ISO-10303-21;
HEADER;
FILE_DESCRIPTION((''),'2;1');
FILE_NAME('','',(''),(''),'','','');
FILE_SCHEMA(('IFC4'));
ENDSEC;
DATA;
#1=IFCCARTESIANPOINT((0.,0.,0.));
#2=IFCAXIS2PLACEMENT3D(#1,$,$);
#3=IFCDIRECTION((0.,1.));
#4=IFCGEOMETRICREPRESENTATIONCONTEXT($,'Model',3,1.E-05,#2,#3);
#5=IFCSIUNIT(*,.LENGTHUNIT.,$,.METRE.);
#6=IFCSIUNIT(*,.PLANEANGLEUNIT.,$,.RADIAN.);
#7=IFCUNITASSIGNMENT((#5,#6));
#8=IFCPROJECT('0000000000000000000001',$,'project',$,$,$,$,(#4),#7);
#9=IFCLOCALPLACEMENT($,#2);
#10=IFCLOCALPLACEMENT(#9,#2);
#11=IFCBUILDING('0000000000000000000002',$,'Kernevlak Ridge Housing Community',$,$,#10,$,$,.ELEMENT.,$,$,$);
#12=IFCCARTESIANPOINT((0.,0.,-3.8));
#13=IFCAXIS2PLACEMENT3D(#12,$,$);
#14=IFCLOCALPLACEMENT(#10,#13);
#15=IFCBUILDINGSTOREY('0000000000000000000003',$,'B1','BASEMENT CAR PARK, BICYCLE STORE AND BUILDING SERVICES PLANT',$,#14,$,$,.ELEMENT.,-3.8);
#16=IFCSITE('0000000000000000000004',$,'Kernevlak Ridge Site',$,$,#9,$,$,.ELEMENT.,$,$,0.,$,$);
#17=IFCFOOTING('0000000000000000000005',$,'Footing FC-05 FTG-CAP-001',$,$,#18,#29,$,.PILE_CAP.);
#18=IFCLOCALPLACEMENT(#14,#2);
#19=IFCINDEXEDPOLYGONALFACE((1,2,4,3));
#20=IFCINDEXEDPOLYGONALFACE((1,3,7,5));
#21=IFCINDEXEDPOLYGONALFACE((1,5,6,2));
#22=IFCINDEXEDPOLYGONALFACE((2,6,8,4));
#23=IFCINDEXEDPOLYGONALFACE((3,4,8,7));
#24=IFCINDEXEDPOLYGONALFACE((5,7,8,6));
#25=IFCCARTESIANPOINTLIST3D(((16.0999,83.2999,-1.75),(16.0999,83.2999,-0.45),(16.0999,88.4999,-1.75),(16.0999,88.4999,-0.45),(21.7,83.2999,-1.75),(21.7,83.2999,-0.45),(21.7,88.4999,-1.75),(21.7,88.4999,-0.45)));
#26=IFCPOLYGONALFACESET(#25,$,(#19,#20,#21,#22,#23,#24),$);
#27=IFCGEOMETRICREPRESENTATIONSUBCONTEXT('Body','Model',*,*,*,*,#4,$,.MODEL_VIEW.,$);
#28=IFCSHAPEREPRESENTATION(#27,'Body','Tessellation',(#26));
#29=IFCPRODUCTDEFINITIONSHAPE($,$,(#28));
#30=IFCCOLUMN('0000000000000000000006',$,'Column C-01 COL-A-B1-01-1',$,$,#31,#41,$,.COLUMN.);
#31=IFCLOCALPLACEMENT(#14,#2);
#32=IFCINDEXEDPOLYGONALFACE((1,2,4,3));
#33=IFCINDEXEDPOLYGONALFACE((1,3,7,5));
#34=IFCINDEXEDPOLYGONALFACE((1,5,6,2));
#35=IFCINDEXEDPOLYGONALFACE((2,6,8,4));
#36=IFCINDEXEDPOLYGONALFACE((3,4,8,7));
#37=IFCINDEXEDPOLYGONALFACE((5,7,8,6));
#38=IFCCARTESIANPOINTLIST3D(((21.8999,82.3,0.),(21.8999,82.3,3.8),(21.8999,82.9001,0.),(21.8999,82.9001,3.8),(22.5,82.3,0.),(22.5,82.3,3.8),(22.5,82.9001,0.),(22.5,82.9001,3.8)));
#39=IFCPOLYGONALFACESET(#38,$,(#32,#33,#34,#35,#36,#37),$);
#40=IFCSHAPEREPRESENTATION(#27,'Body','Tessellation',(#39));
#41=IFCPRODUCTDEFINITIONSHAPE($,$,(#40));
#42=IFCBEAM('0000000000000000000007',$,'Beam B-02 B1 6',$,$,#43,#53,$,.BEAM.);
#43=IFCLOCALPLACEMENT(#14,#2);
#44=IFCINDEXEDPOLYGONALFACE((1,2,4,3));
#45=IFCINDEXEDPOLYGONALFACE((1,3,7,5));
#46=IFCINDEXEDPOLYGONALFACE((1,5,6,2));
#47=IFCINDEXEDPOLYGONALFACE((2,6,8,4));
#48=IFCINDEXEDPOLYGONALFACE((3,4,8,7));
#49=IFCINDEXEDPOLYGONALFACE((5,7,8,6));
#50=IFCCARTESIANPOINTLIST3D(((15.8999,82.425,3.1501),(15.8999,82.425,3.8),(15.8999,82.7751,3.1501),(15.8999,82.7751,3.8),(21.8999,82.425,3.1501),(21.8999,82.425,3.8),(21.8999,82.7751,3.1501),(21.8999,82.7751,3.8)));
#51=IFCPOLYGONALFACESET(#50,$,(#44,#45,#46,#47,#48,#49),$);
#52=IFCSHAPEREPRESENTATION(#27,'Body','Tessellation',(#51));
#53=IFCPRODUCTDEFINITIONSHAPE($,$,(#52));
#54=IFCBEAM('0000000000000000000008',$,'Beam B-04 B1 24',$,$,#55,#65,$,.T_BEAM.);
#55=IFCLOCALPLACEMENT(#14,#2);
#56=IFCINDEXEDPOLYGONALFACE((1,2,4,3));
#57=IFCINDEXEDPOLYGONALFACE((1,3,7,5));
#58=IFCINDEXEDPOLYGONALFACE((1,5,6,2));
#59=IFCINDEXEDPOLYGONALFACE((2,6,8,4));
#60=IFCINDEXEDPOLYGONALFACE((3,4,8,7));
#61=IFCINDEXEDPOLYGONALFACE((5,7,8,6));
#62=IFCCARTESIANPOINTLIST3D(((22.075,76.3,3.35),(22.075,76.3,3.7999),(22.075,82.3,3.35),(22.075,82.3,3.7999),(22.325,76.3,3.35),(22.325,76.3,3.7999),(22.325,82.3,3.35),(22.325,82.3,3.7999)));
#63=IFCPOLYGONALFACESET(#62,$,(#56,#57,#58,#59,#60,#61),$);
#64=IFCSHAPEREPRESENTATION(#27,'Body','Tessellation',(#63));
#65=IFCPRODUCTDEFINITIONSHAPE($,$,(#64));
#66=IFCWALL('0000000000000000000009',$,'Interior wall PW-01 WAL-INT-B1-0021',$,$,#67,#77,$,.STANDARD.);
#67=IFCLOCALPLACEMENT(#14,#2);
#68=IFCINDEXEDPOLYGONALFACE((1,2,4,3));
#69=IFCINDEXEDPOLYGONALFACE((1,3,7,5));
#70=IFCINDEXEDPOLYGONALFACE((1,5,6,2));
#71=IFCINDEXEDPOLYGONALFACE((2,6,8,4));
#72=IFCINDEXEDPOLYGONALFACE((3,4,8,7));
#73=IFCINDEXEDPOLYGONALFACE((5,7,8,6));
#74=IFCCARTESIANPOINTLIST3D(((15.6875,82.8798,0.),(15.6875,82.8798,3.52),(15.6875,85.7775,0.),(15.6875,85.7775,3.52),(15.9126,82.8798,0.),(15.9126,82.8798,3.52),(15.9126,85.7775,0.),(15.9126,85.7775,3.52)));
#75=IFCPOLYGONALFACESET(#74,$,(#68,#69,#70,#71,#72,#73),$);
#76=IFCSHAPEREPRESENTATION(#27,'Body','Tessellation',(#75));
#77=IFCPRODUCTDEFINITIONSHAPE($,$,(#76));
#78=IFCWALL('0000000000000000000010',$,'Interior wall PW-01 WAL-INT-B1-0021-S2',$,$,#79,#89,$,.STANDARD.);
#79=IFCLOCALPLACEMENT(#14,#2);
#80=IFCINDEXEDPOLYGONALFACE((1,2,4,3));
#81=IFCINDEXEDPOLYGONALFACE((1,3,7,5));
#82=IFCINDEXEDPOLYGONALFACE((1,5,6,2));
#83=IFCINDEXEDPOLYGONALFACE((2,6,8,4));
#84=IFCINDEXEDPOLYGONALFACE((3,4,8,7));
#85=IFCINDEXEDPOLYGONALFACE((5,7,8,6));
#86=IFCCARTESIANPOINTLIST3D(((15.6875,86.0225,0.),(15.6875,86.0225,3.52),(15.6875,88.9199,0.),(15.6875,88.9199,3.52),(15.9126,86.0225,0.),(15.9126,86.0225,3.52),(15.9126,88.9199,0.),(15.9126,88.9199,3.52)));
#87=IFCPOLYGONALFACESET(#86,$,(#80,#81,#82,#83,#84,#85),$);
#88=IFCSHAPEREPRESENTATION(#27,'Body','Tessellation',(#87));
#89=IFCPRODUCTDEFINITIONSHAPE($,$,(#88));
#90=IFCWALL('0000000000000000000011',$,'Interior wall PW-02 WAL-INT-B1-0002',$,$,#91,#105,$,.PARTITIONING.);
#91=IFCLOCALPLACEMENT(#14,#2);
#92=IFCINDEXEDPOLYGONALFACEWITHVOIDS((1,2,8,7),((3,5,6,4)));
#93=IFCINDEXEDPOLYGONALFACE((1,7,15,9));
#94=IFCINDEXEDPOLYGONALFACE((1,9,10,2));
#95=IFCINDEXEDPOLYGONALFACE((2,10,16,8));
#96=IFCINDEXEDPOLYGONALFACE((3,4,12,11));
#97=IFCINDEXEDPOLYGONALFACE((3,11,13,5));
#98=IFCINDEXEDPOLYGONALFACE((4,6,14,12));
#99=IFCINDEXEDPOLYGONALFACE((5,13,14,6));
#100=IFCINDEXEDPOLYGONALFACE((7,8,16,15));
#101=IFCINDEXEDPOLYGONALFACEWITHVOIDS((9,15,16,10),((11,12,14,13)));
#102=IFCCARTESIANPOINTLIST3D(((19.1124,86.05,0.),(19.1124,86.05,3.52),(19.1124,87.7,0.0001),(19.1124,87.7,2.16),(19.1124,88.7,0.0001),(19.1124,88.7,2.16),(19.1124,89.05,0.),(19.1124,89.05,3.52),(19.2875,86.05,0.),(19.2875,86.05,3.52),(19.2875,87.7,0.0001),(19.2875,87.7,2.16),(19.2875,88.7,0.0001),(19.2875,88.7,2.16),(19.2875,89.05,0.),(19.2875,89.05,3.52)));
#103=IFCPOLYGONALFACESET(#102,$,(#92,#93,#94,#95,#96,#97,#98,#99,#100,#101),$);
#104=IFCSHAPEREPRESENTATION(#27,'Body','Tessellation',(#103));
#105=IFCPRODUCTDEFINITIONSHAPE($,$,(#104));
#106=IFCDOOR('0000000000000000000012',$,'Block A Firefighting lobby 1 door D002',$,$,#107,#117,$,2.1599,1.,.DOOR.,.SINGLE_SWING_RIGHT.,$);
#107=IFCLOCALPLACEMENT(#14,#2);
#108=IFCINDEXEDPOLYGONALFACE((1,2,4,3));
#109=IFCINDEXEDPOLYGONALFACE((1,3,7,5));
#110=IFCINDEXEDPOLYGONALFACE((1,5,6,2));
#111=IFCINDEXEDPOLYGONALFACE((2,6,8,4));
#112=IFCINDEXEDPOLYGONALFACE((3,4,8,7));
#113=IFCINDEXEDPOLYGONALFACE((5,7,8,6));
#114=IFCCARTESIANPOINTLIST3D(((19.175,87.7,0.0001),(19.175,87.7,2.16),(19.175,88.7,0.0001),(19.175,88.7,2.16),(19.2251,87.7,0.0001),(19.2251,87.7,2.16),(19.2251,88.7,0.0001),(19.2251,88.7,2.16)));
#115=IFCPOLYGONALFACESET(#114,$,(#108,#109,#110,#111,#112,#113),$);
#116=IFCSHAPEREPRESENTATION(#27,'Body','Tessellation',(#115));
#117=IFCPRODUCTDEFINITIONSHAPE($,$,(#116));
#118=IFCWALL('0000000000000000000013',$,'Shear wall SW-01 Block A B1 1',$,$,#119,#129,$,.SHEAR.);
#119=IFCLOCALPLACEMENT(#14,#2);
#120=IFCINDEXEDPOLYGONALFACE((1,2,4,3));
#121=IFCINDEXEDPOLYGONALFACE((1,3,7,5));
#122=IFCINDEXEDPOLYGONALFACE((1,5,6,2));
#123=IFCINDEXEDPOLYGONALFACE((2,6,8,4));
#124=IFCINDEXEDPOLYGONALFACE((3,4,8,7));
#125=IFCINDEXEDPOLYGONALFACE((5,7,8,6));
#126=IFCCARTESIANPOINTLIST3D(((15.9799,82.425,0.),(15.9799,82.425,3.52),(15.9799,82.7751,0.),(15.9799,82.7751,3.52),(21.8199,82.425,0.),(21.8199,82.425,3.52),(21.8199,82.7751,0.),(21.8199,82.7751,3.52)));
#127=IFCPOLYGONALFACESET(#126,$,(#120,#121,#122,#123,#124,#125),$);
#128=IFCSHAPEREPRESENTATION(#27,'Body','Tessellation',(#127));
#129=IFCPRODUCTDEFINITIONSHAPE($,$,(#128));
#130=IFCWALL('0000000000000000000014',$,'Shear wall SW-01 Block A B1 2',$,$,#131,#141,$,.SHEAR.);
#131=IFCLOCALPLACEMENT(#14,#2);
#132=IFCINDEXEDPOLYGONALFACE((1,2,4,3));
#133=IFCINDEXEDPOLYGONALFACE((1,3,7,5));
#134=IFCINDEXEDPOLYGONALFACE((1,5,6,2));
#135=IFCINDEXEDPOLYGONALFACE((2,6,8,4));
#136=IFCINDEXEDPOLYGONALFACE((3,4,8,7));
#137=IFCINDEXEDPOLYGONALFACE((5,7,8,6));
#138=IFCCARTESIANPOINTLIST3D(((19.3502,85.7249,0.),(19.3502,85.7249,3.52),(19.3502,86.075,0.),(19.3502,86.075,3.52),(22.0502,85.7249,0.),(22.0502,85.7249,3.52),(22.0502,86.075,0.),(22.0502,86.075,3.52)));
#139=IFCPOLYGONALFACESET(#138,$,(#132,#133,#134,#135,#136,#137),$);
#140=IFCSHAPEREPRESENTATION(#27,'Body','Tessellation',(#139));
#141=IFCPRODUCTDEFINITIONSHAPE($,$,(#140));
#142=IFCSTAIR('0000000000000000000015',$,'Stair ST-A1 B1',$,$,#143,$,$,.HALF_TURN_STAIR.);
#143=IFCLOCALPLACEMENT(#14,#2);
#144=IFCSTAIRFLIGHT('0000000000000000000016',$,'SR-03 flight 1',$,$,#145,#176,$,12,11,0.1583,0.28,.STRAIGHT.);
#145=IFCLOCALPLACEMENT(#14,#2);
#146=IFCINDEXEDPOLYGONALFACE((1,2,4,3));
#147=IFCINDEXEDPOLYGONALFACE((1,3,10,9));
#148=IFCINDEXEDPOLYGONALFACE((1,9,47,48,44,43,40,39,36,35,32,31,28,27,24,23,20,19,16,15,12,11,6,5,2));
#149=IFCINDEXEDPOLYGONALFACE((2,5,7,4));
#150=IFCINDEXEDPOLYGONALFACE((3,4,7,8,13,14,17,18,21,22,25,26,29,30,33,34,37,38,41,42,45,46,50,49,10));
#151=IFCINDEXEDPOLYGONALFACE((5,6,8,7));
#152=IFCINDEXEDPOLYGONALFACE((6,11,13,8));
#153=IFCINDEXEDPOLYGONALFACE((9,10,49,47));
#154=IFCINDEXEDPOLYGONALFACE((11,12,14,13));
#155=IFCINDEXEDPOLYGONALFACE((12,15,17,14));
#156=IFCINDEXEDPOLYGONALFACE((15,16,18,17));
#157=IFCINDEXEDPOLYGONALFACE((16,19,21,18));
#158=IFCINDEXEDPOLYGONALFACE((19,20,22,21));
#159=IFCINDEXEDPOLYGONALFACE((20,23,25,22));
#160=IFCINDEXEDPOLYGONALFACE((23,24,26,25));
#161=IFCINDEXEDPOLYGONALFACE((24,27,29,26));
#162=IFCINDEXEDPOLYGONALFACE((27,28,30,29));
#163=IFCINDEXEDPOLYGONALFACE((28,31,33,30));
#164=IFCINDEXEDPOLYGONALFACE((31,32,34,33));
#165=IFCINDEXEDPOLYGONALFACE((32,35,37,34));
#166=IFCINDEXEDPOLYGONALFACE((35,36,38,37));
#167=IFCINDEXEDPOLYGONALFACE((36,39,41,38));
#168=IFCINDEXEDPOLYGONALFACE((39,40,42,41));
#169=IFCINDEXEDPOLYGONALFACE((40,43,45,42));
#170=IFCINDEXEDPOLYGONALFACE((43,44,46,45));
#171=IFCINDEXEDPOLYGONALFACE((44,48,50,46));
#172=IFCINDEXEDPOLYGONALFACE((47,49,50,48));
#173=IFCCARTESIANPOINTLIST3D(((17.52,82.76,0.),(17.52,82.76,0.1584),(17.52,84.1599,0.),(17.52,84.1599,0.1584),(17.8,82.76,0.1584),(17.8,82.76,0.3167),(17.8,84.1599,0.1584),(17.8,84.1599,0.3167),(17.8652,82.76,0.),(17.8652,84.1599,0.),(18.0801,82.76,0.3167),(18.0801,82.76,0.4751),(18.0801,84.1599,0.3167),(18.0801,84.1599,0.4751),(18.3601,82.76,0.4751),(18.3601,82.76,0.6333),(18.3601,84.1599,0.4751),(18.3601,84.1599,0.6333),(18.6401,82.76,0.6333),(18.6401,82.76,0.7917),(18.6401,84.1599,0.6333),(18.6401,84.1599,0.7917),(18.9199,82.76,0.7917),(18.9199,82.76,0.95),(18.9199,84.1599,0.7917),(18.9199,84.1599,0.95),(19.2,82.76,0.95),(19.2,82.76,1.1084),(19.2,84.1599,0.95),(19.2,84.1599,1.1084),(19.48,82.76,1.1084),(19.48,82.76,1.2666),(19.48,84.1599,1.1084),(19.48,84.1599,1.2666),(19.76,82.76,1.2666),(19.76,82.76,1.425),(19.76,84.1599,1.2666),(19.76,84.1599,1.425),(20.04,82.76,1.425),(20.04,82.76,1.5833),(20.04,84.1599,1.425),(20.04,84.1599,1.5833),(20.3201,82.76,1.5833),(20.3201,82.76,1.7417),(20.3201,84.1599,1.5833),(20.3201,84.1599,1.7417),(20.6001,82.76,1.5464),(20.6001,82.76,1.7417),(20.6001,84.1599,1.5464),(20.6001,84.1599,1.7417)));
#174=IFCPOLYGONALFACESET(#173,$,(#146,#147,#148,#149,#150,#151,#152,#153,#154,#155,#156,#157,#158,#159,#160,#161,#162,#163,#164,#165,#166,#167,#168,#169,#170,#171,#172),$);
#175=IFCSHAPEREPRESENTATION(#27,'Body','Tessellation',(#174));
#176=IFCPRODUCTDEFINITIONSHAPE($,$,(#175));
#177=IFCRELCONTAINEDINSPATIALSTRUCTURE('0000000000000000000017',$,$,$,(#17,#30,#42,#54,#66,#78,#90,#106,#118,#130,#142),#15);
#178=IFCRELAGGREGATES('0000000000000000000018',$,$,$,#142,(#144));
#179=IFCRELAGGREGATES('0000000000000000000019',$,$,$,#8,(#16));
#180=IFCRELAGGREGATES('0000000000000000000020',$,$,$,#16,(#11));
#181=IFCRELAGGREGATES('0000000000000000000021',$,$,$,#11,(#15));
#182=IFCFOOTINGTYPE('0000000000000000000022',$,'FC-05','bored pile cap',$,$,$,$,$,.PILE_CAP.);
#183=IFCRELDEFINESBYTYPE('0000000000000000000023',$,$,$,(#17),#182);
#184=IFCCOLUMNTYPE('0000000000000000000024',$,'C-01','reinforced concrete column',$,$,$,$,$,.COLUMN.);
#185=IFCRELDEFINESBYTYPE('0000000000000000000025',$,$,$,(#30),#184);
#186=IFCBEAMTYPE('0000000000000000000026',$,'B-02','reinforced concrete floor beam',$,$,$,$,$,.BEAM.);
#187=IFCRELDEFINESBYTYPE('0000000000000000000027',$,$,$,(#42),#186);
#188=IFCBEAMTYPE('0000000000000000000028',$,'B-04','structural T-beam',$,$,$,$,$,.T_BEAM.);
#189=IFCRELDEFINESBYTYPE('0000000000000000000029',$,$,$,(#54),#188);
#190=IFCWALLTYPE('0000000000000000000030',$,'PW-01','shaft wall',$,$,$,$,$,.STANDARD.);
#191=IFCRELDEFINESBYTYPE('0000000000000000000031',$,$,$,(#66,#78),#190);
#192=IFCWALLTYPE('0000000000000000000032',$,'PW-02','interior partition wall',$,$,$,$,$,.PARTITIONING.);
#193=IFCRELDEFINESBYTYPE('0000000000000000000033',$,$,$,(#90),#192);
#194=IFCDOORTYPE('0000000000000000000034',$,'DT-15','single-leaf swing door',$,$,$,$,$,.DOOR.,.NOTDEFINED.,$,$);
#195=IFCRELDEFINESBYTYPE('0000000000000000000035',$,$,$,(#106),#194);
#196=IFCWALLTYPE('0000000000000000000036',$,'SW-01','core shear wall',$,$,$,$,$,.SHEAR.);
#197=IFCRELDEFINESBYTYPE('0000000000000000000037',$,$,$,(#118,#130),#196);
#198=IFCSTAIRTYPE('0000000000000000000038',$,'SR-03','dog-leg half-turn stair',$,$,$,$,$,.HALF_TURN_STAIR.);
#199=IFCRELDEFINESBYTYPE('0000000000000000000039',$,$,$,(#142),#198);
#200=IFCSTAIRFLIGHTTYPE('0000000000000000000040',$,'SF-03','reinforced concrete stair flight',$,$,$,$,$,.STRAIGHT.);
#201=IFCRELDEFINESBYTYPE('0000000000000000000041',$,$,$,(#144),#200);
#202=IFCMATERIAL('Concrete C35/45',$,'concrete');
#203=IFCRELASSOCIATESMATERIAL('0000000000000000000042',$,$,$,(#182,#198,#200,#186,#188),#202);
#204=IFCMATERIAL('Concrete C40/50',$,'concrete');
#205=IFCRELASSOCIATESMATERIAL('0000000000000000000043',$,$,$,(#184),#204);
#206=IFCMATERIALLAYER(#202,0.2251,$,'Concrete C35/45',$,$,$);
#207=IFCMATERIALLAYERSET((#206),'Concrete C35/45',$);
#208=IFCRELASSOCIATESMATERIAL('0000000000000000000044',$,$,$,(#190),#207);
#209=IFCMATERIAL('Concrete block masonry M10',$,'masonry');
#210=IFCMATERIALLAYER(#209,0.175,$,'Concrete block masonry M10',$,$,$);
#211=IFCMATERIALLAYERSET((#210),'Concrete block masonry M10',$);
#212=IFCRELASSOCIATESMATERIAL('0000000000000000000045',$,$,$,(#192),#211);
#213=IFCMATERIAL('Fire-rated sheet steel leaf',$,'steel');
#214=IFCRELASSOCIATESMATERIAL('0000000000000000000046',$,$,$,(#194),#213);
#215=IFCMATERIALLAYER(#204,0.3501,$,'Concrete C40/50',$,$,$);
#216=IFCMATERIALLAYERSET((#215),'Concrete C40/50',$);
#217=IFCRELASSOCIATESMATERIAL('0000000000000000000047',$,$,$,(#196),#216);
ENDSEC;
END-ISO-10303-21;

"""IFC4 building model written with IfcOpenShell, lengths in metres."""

from ifc_helpers import new_model, si_unit, direction, frame, frame_2d, origin, origin_2d, place, context, subcontext, project, spatial, polyline, rectangle, outline, extrude, material, layer, layer_set, material_profile, profile_set, type_object, element, fill, aggregate, save


model = new_model("IFC4")

# Units and contexts
model_context = context("Model", 3, precision=1e-05, world=origin(), true_north=direction((0.0, 1.0)))
body_context = subcontext(model_context, "Body", "Model", "MODEL_VIEW")
ifc_project = project(units=[si_unit("LENGTHUNIT", "METRE"), si_unit("PLANEANGLEUNIT", "RADIAN")], contexts=[model_context])

# Site, building, storey
site_placement = place(None, origin())
site = spatial("IfcSite", under=ifc_project, at=site_placement, Name="Kernevlak Ridge Site", CompositionType="ELEMENT", RefElevation=0.0)
building_placement = place(site_placement, origin())
building = spatial("IfcBuilding", under=site, at=building_placement, Name="Kernevlak Ridge Housing Community", CompositionType="ELEMENT")
storey_placement = place(building_placement, frame((0.0, 0.0, -3.8)))
storey = spatial("IfcBuildingStorey", under=building, at=storey_placement, Name="B1", Description="BASEMENT CAR PARK, BICYCLE STORE AND BUILDING SERVICES PLANT", CompositionType="ELEMENT", Elevation=-3.8)

# Shared definitions
ifc_material_1 = material(Name="Concrete C35/45", Category="concrete")

# Footing
footing_type_1 = type_object("IfcFootingType", Name="FC-05", Description="bored pile cap", PredefinedType="PILE_CAP", material=ifc_material_1)
footing_1_placement = place(storey_placement, frame((18.8999, 85.8999, -1.75), z_axis=(0.0, 0.0, 1.0), x_axis=(1.0, 0.0, 0.0)))
element("IfcFooting", 1, at=footing_1_placement, inside=storey, type_object=footing_type_1, Name="Footing FC-05 FTG-CAP-001", PredefinedType="PILE_CAP", context=body_context, shape_type="SweptSolid", body=[
    extrude(rectangle(XDim=5.6001, YDim=5.2, at=origin_2d()), origin(), (0.0, 0.0, 1.0), 1.3),
])

# Column
ifc_material_2 = material(Name="Concrete C40/50", Category="concrete")
ifc_material_profile_1 = material_profile(ifc_material_2, rectangle(XDim=0.6001, YDim=0.6001, at=origin_2d()), Name="RC 600x600")
ifc_profile_set_1 = profile_set([ifc_material_profile_1], Name="Concrete C40/50")
column_type = type_object("IfcColumnType", Name="C-01", Description="reinforced concrete column", PredefinedType="COLUMN", material=ifc_profile_set_1)
column_placement = place(storey_placement, frame((22.2, 82.6001, 0.0), z_axis=(0.0, 0.0, 1.0), x_axis=(1.0, 0.0, 0.0)))
element("IfcColumn", 2, at=column_placement, inside=storey, type_object=column_type, Name="Column C-01 COL-A-B1-01-1", PredefinedType="COLUMN", context=body_context, shape_type="SweptSolid", body=[
    extrude(rectangle(XDim=0.6001, YDim=0.6001, at=origin_2d()), origin(), (0.0, 0.0, 1.0), 3.8),
])

# Beams
ifc_material_profile_2 = material_profile(ifc_material_1, rectangle(XDim=0.3501, YDim=0.6499, at=origin_2d()), Name="RC 350x650")
ifc_profile_set_2 = profile_set([ifc_material_profile_2], Name="Concrete C35/45")
beam_type_1 = type_object("IfcBeamType", Name="B-02", Description="reinforced concrete floor beam", PredefinedType="BEAM", material=ifc_profile_set_2)
beam_1_placement = place(storey_placement, frame((15.8999, 82.6001, 3.4751), z_axis=(1.0, 0.0, 0.0), x_axis=(0.0, 1.0, 0.0)))
element("IfcBeam", 3, at=beam_1_placement, inside=storey, type_object=beam_type_1, Name="Beam B-02 B1 6", PredefinedType="BEAM", context=body_context, shape_type="SweptSolid", body=[
    extrude(rectangle(XDim=0.3501, YDim=0.6499, at=origin_2d()), origin(), (0.0, 0.0, 1.0), 6.0),
])
ifc_material_profile_3 = material_profile(ifc_material_1, rectangle(XDim=0.25, YDim=0.45, at=origin_2d()), Name="RC 250x450")
ifc_profile_set_3 = profile_set([ifc_material_profile_3], Name="Concrete C35/45")
beam_type_2 = type_object("IfcBeamType", Name="B-04", Description="structural T-beam", PredefinedType="T_BEAM", material=ifc_profile_set_3)
beam_2_placement = place(storey_placement, frame((22.2, 76.3, 3.575), z_axis=(0.0, 1.0, 0.0), x_axis=(-1.0, 0.0, 0.0)))
element("IfcBeam", 4, at=beam_2_placement, inside=storey, type_object=beam_type_2, Name="Beam B-04 B1 24", PredefinedType="T_BEAM", context=body_context, shape_type="SweptSolid", body=[
    extrude(rectangle(XDim=0.25, YDim=0.45, at=origin_2d()), origin(), (0.0, 0.0, 1.0), 6.0),
])

# Walls
ifc_layer_1 = layer(ifc_material_1, 0.2251, Name="Concrete C35/45")
ifc_layer_set_1 = layer_set([ifc_layer_1], Name="Concrete C35/45")
wall_type_1 = type_object("IfcWallType", Name="PW-01", Description="shaft wall", PredefinedType="STANDARD", material=ifc_layer_set_1)
wall_1_placement = place(storey_placement, frame((15.8, 82.8799, 0.0), z_axis=(0.0, 0.0, 1.0), x_axis=(0.0, 1.0, 0.0)))
element("IfcWall", 5, at=wall_1_placement, inside=storey, type_object=wall_type_1, Name="Interior wall PW-01 WAL-INT-B1-0021", PredefinedType="STANDARD", context=body_context, shape_type="SweptSolid", body=[
    extrude(rectangle(XDim=2.8977, YDim=0.2251, at=frame_2d((1.4487, 0.0))), origin(), (0.0, 0.0, 1.0), 3.52),
])
wall_2_placement = place(storey_placement, frame((15.8, 86.0225, 0.0), z_axis=(0.0, 0.0, 1.0), x_axis=(0.0, 1.0, 0.0)))
element("IfcWall", 6, at=wall_2_placement, inside=storey, type_object=wall_type_1, Name="Interior wall PW-01 WAL-INT-B1-0021-S2", PredefinedType="STANDARD", context=body_context, shape_type="SweptSolid", body=[
    extrude(rectangle(XDim=2.8975, YDim=0.2251, at=frame_2d((1.4487, 0.0))), origin(), (0.0, 0.0, 1.0), 3.52),
])

# Wall, opening, door
ifc_material_3 = material(Name="Concrete block masonry M10", Category="masonry")
ifc_layer_2 = layer(ifc_material_3, 0.175, Name="Concrete block masonry M10")
ifc_layer_set_2 = layer_set([ifc_layer_2], Name="Concrete block masonry M10")
wall_type_2 = type_object("IfcWallType", Name="PW-02", Description="interior partition wall", PredefinedType="PARTITIONING", material=ifc_layer_set_2)
wall_3_placement = place(storey_placement, frame((19.2, 86.05, 0.0), z_axis=(0.0, 0.0, 1.0), x_axis=(0.0, 1.0, 0.0)))
wall_3 = element("IfcWall", 7, at=wall_3_placement, inside=storey, type_object=wall_type_2, Name="Interior wall PW-02 WAL-INT-B1-0002", PredefinedType="PARTITIONING", context=body_context, shape_type="SweptSolid", body=[
    extrude(rectangle(XDim=3.0, YDim=0.175, at=frame_2d((1.5, 0.0))), origin(), (0.0, 0.0, 1.0), 3.52),
])
opening_placement = place(wall_3_placement, frame((1.6499, 0.0, 0.0)))
opening = element("IfcOpeningElement", 8, at=opening_placement, cuts=wall_3, PredefinedType="OPENING", context=body_context, shape_type="SweptSolid", body=[
    extrude(rectangle(XDim=1.0, YDim=2.1599, at=frame_2d((0.5, 1.0801))), frame((0.0, 0.0974, 0.0), z_axis=(0.0, -1.0, 0.0), x_axis=(1.0, 0.0, 0.0)), (0.0, 0.0, 1.0), 0.1951),
])
ifc_material_4 = material(Name="Fire-rated sheet steel leaf", Category="steel")
door_type = type_object("IfcDoorType", Name="DT-15", Description="single-leaf swing door", OperationType="NOTDEFINED", PredefinedType="DOOR", material=ifc_material_4)
door_placement = place(opening_placement, origin())
door = element("IfcDoor", 9, at=door_placement, inside=storey, type_object=door_type, Name="Block A Firefighting lobby 1 door D002", OperationType="SINGLE_SWING_RIGHT", OverallHeight=2.1599, OverallWidth=1.0, PredefinedType="DOOR", context=body_context, shape_type="SweptSolid", body=[
    extrude(rectangle(XDim=1.0, YDim=2.1599, at=frame_2d((0.5, 1.0801))), frame((0.0, 0.0249, 0.0), z_axis=(0.0, -1.0, 0.0), x_axis=(1.0, 0.0, 0.0)), (0.0, 0.0, 1.0), 0.05),
])
fill(opening, door)

# Walls
ifc_layer_3 = layer(ifc_material_2, 0.3501, Name="Concrete C40/50")
ifc_layer_set_3 = layer_set([ifc_layer_3], Name="Concrete C40/50")
wall_type_3 = type_object("IfcWallType", Name="SW-01", Description="core shear wall", PredefinedType="SHEAR", material=ifc_layer_set_3)
wall_4_placement = place(storey_placement, frame((15.98, 82.6001, 0.0), z_axis=(0.0, 0.0, 1.0), x_axis=(1.0, 0.0, 0.0)))
element("IfcWall", 10, at=wall_4_placement, inside=storey, type_object=wall_type_3, Name="Shear wall SW-01 Block A B1 1", PredefinedType="SHEAR", context=body_context, shape_type="SweptSolid", body=[
    extrude(rectangle(XDim=5.8401, YDim=0.3501, at=frame_2d((2.9199, 0.0))), origin(), (0.0, 0.0, 1.0), 3.52),
])
wall_5_placement = place(storey_placement, frame((19.3501, 85.8999, 0.0), z_axis=(0.0, 0.0, 1.0), x_axis=(1.0, 0.0, 0.0)))
element("IfcWall", 11, at=wall_5_placement, inside=storey, type_object=wall_type_3, Name="Shear wall SW-01 Block A B1 2", PredefinedType="SHEAR", context=body_context, shape_type="SweptSolid", body=[
    extrude(rectangle(XDim=2.7, YDim=0.3501, at=frame_2d((1.3501, 0.0))), origin(), (0.0, 0.0, 1.0), 3.52),
])

# Stair, stair flight
stair_type = type_object("IfcStairType", Name="SR-03", Description="dog-leg half-turn stair", PredefinedType="HALF_TURN_STAIR", material=ifc_material_1)
stair_placement = place(storey_placement, origin())
stair = element("IfcStair", 12, at=stair_placement, inside=storey, type_object=stair_type, Name="Stair ST-A1 B1", PredefinedType="HALF_TURN_STAIR")
stair_flight_type = type_object("IfcStairFlightType", Name="SF-03", Description="reinforced concrete stair flight", PredefinedType="STRAIGHT", material=ifc_material_1)
stair_flight_1_placement = place(storey_placement, frame((17.52, 83.46, 0.0), z_axis=(0.0, 0.0, 1.0), x_axis=(1.0, 0.0, 0.0)))
stair_flight_1 = element("IfcStairFlight", 13, at=stair_flight_1_placement, type_object=stair_flight_type, Name="SR-03 flight 1", NumberOfRisers=12, NumberOfTreads=11, PredefinedType="STRAIGHT", RiserHeight=0.1583, TreadLength=0.28, context=body_context, shape_type="SweptSolid", body=[
    extrude(outline(polyline([(0.0, 0.0), (0.0, 0.1584), (0.28, 0.1584), (0.28, 0.3167), (0.5601, 0.3167), (0.5601, 0.4751), (0.8401, 0.4751), (0.8401, 0.6333), (1.1201, 0.6333), (1.1201, 0.7917), (1.3999, 0.7917), (1.3999, 0.95), (1.6799, 0.95), (1.6799, 1.1084), (1.96, 1.1084), (1.96, 1.2666), (2.24, 1.2666), (2.24, 1.425), (2.52, 1.425), (2.52, 1.5833), (2.8, 1.5833), (2.8, 1.7417), (3.0801, 1.7417), (3.0801, 1.8999), (3.0801, 1.5464), (0.3452, 0.0), (0.0, 0.0)])), frame((0.0, 0.7, 0.0), z_axis=(0.0, -1.0, 0.0), x_axis=(1.0, 0.0, 0.0)), (0.0, 0.0, 1.0), 1.3999),
])
aggregate(stair, [stair_flight_1])

save(model, "model.ifc")
